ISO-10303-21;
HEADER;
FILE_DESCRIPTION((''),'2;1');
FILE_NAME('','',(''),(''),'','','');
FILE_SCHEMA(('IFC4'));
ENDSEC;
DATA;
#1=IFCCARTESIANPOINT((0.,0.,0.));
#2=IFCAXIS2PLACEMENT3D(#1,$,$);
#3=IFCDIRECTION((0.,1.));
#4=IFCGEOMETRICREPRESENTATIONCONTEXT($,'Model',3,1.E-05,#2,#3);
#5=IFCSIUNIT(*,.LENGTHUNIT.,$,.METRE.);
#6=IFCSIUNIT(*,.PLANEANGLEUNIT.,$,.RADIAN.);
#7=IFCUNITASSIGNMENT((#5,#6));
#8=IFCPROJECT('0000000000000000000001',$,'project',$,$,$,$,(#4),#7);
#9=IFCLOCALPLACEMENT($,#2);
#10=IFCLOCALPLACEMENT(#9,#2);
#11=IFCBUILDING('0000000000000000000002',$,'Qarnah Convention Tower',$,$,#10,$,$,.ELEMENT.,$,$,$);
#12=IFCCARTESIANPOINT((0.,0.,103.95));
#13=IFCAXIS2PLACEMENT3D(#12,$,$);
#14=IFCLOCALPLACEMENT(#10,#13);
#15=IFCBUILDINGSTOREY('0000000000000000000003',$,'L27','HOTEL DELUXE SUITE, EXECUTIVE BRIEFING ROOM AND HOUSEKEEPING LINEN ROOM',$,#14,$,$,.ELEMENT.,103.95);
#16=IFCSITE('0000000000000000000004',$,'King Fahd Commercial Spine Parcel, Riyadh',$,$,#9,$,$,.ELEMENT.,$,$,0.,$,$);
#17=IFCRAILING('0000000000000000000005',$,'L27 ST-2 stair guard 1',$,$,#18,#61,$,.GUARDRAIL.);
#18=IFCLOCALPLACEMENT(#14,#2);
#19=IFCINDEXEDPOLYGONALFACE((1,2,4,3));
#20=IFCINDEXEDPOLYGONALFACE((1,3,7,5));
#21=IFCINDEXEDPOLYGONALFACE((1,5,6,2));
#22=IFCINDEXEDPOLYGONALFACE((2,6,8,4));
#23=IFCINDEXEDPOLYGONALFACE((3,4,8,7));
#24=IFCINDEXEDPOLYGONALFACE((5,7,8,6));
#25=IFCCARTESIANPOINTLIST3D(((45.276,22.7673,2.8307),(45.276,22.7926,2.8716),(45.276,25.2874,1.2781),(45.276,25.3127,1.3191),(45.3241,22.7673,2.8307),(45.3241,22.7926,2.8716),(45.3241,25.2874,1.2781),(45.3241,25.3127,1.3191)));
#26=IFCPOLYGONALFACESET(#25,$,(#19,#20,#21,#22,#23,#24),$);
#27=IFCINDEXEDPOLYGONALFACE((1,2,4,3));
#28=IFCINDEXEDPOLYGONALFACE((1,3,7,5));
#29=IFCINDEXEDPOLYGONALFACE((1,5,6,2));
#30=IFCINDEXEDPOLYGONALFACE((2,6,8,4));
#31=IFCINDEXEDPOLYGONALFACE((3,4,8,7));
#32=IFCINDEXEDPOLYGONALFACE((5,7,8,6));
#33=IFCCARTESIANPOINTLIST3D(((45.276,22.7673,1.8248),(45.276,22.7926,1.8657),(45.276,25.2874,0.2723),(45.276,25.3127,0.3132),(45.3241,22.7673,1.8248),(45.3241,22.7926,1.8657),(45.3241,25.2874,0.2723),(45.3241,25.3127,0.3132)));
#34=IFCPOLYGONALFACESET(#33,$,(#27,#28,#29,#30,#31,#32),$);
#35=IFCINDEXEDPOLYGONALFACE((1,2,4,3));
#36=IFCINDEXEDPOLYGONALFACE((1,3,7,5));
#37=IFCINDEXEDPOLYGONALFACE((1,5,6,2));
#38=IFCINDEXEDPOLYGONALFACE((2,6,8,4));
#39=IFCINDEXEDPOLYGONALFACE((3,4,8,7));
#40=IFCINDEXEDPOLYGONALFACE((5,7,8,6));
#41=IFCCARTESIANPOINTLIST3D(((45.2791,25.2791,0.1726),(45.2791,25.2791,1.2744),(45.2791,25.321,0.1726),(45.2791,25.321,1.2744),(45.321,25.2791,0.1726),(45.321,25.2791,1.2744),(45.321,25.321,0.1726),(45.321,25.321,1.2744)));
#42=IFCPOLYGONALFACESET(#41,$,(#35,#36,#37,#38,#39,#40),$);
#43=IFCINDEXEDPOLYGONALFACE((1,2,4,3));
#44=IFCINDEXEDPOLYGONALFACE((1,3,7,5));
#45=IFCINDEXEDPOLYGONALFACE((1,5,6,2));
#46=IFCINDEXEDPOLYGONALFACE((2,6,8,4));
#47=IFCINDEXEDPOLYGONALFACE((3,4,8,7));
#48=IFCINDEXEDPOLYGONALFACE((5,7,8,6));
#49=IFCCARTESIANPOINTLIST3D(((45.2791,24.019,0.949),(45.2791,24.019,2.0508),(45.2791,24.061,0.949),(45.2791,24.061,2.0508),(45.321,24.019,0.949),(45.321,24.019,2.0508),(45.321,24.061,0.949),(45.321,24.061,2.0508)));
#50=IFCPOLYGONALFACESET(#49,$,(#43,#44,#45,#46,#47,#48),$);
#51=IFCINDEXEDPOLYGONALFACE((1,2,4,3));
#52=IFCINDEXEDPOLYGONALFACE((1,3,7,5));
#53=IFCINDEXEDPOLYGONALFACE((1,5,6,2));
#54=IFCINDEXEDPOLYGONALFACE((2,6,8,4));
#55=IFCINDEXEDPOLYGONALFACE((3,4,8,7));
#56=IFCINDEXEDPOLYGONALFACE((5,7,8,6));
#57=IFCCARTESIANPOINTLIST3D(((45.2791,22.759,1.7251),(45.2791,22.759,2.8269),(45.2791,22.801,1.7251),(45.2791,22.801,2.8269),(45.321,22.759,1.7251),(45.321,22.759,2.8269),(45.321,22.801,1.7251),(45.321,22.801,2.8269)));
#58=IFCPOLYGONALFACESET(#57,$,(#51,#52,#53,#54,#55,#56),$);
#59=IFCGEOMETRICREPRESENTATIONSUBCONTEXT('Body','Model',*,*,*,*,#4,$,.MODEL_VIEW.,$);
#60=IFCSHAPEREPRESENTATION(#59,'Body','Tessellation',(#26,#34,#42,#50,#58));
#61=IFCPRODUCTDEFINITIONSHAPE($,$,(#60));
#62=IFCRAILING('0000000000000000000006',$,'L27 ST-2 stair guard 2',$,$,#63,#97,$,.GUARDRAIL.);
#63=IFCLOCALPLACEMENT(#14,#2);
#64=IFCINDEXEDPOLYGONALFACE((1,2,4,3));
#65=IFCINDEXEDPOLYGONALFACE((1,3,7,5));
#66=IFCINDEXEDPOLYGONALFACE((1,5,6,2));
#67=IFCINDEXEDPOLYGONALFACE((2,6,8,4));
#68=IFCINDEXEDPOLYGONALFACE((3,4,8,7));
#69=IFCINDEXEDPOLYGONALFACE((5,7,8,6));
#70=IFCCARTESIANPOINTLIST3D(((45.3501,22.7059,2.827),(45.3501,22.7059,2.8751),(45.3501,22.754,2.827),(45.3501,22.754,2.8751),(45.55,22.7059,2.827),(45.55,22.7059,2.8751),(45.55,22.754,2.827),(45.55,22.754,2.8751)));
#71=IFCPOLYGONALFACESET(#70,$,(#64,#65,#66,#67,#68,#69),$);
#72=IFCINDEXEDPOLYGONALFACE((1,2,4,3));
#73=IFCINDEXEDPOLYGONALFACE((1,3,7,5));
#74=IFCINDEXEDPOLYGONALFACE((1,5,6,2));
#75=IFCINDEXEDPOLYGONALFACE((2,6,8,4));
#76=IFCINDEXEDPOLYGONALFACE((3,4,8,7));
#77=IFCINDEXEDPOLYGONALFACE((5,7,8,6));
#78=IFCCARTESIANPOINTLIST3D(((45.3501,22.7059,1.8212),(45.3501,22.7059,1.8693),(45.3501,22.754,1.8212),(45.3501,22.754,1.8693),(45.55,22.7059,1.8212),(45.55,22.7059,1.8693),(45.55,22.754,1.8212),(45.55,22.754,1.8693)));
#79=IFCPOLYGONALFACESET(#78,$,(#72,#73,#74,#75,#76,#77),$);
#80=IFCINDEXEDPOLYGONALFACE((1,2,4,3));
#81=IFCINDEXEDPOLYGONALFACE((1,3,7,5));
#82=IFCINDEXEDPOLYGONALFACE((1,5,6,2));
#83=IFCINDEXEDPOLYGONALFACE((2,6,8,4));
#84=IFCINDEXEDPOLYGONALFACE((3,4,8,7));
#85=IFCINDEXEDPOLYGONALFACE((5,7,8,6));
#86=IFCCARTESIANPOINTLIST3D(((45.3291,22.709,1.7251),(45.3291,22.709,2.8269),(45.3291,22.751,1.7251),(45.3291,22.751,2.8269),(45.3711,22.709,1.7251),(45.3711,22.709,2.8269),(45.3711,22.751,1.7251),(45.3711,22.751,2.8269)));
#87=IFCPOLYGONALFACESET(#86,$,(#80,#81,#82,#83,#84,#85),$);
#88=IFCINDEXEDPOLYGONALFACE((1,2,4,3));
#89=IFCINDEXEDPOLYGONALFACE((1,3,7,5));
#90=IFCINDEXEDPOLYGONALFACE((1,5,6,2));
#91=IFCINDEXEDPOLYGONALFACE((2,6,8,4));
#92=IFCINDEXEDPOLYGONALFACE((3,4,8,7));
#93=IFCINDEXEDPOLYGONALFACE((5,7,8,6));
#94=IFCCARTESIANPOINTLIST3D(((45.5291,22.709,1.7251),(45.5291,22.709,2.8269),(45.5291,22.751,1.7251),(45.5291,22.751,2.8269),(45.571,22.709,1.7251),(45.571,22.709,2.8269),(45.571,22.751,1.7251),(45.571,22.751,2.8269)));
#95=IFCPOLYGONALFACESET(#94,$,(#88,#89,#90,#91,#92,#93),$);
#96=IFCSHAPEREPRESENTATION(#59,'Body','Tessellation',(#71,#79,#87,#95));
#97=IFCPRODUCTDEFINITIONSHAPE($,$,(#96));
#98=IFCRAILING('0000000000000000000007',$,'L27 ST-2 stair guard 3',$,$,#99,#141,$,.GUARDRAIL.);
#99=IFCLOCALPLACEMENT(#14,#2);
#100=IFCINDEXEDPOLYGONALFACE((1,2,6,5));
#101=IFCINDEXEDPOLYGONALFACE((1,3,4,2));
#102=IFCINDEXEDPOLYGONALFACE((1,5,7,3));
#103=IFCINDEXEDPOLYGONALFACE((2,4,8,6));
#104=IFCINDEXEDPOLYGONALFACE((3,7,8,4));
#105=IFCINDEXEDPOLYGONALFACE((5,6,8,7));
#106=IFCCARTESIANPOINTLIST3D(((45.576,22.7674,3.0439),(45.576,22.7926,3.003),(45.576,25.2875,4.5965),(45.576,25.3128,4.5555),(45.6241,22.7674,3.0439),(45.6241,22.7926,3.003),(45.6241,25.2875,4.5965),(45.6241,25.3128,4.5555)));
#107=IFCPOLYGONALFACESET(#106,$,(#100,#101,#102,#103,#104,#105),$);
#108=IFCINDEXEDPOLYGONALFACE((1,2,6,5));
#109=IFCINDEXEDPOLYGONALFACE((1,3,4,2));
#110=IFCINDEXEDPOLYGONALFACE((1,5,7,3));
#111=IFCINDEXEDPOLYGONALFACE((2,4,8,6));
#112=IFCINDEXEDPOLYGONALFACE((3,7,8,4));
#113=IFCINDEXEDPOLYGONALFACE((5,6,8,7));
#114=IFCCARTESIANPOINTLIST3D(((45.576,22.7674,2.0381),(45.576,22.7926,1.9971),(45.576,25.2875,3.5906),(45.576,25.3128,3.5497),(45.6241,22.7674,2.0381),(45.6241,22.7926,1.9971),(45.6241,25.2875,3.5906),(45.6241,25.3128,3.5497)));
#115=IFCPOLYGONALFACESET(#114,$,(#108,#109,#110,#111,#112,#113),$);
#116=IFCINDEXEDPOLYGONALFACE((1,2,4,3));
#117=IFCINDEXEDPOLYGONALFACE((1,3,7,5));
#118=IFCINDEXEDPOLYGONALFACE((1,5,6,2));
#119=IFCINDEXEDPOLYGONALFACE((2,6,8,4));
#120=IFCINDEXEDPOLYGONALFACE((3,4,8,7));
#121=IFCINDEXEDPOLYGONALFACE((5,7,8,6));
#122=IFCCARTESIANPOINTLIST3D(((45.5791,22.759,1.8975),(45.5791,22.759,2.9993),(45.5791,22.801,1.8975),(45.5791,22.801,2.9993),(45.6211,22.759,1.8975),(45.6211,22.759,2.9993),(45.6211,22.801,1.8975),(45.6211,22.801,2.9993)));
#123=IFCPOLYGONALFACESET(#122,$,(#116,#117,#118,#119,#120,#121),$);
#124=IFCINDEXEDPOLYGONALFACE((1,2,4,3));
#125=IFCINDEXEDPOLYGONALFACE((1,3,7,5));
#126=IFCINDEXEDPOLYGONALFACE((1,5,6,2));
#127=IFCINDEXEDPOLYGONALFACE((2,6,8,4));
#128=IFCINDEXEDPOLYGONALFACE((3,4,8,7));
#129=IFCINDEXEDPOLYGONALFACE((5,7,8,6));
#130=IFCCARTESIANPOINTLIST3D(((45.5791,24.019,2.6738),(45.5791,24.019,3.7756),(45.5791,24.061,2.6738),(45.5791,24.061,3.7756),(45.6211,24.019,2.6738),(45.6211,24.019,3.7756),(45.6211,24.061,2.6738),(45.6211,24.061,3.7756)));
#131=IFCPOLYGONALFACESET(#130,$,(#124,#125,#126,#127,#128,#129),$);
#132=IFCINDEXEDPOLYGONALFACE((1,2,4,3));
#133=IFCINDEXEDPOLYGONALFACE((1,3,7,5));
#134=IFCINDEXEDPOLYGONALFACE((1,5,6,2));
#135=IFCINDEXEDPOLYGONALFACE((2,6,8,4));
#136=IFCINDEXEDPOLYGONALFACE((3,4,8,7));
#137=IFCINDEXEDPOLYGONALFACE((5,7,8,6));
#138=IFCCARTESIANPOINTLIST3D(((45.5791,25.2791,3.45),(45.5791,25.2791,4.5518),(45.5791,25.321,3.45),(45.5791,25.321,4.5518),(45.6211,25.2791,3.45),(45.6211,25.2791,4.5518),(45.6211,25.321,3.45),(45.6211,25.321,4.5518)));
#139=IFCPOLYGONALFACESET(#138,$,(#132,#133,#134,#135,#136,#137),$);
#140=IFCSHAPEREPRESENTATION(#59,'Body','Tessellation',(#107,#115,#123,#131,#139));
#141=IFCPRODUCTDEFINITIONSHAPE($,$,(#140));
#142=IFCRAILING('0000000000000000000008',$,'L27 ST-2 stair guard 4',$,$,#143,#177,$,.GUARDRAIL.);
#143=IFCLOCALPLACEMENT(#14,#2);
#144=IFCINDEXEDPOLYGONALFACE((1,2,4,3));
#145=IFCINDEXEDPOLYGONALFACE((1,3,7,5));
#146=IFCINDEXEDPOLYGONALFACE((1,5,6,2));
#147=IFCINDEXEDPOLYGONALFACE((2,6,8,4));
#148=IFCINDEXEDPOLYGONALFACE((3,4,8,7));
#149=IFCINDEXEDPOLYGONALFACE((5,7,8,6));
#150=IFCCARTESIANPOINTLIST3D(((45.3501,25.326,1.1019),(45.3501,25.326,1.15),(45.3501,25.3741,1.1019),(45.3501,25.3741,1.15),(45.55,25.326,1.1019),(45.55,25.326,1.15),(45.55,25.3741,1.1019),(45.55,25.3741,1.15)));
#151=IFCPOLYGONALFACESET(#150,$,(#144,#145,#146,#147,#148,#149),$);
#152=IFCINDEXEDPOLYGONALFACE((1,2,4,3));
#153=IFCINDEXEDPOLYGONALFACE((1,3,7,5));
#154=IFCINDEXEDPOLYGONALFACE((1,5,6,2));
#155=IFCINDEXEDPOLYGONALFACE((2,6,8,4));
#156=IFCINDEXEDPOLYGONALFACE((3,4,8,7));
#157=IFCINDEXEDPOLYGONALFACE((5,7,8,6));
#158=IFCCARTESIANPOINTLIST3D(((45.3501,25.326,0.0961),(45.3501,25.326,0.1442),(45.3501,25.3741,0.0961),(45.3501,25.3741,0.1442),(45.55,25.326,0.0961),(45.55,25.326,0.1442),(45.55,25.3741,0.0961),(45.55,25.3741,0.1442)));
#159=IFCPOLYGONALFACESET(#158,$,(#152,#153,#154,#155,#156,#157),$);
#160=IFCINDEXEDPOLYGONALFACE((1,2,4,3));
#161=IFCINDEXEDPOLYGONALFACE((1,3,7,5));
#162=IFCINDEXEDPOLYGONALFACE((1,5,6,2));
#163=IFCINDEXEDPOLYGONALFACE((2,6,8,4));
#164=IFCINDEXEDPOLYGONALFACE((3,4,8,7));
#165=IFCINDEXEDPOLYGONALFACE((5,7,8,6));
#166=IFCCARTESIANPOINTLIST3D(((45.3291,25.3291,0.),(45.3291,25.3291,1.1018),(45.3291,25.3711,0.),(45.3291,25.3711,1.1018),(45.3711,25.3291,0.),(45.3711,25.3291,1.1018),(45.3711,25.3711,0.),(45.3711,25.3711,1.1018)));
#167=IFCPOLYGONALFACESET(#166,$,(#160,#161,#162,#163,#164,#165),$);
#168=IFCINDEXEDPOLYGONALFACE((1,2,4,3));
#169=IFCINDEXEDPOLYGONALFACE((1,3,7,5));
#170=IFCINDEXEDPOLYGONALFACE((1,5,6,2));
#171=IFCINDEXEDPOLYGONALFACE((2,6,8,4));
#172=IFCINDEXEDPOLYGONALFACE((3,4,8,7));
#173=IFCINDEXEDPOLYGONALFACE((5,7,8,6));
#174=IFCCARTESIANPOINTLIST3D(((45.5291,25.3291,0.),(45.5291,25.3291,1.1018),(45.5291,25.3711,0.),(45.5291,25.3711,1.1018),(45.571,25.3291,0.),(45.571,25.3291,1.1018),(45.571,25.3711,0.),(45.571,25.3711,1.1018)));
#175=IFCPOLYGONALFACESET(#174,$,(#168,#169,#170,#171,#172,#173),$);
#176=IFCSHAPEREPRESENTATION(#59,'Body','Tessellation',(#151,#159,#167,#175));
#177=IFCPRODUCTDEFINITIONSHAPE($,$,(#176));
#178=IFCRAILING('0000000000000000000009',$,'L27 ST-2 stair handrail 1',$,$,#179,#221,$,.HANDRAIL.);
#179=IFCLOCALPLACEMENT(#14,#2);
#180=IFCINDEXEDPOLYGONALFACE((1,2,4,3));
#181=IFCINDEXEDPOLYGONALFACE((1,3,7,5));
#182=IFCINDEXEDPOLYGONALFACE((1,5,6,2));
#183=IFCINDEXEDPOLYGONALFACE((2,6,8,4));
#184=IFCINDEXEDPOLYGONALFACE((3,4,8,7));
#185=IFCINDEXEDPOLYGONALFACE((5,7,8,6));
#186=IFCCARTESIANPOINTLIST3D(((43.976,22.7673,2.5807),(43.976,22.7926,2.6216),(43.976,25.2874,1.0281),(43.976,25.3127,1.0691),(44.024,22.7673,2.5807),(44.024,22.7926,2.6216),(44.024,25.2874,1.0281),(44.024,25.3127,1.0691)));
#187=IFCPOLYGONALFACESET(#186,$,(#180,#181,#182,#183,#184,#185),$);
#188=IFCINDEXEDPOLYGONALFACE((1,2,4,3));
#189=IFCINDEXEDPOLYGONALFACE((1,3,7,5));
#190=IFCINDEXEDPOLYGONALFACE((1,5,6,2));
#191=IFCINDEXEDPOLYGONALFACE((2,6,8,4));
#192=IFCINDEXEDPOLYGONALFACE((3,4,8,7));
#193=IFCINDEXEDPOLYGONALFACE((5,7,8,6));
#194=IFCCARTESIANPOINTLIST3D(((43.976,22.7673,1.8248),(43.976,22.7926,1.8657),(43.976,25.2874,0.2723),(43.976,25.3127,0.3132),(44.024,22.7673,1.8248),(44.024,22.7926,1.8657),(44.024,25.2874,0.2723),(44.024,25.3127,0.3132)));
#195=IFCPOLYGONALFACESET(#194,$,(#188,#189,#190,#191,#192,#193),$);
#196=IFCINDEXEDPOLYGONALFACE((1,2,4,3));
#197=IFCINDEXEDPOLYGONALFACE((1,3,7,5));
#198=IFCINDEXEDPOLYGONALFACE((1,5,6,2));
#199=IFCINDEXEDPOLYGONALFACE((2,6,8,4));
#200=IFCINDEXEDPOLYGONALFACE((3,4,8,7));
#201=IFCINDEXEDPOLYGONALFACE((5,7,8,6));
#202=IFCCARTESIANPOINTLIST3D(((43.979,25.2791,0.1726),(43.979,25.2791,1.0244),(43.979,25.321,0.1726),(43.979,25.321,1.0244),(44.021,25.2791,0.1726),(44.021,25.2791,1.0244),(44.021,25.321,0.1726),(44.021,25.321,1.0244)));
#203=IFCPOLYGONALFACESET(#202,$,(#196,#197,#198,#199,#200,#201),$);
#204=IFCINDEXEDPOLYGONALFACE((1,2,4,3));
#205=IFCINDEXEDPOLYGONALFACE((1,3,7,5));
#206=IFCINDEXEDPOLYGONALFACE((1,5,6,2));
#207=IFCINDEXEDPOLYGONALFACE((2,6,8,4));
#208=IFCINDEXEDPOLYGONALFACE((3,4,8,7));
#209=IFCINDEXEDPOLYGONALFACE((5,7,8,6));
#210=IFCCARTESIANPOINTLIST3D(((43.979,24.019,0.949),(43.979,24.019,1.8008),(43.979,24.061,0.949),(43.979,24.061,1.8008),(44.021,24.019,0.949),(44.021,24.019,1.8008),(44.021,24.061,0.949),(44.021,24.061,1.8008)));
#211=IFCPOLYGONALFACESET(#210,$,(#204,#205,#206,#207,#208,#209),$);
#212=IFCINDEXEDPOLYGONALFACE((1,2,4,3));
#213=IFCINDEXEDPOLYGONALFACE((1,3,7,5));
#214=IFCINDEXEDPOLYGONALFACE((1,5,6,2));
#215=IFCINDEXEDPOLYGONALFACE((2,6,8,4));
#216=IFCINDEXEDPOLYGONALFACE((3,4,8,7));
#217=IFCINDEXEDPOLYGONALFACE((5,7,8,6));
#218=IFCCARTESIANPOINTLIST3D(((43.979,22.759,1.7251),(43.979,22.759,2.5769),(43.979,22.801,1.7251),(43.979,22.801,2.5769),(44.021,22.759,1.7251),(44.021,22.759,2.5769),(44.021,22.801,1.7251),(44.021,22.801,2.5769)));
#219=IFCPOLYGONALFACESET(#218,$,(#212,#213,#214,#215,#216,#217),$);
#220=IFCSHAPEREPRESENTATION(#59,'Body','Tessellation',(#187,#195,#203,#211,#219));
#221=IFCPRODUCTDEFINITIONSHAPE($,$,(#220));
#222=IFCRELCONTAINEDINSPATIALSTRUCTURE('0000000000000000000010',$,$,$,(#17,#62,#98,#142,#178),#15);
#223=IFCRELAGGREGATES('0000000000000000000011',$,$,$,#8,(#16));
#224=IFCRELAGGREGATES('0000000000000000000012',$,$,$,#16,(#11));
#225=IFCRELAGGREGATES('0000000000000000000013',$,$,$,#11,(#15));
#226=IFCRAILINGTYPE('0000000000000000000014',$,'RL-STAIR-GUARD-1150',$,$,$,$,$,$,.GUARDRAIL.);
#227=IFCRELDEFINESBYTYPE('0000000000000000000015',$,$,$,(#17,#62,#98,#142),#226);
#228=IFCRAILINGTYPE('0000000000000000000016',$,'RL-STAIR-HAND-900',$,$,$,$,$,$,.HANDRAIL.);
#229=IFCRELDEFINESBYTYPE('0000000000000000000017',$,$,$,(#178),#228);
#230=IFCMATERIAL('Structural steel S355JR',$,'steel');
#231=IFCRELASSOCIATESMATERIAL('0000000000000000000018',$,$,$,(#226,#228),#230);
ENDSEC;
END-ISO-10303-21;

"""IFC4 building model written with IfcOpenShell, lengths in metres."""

from ifc_helpers import new_model, si_unit, direction, frame, origin, origin_2d, place, context, subcontext, project, spatial, rectangle, extrude, material, type_object, element, save


model = new_model("IFC4")

# Units and contexts
model_context = context("Model", 3, precision=1e-05, world=origin(), true_north=direction((0.0, 1.0)))
body_context = subcontext(model_context, "Body", "Model", "MODEL_VIEW")
ifc_project = project(units=[si_unit("LENGTHUNIT", "METRE"), si_unit("PLANEANGLEUNIT", "RADIAN")], contexts=[model_context])

# Site, building, storey
site_placement = place(None, origin())
site = spatial("IfcSite", under=ifc_project, at=site_placement, Name="King Fahd Commercial Spine Parcel, Riyadh", CompositionType="ELEMENT", RefElevation=0.0)
building_placement = place(site_placement, origin())
building = spatial("IfcBuilding", under=site, at=building_placement, Name="Qarnah Convention Tower", CompositionType="ELEMENT")
storey_placement = place(building_placement, frame((0.0, 0.0, 103.95)))
storey = spatial("IfcBuildingStorey", under=building, at=storey_placement, Name="L27", Description="HOTEL DELUXE SUITE, EXECUTIVE BRIEFING ROOM AND HOUSEKEEPING LINEN ROOM", CompositionType="ELEMENT", Elevation=103.95)

# Shared definitions
ifc_material_1 = material(Name="Structural steel S355JR", Category="steel")

# Railings
railing_type_1 = type_object("IfcRailingType", Name="RL-STAIR-GUARD-1150", PredefinedType="GUARDRAIL", material=ifc_material_1)
railing_1_placement = place(storey_placement, frame((45.3, 25.3, 0.1726)))
element("IfcRailing", 1, at=railing_1_placement, inside=storey, type_object=railing_type_1, Name="L27 ST-2 stair guard 1", PredefinedType="GUARDRAIL", context=body_context, shape_type="SweptSolid", body=[
    extrude(rectangle(XDim=0.0481, YDim=0.0481, at=origin_2d()), frame((0.0, 0.0, 1.126), z_axis=(0.0, -0.8514, 0.524516), x_axis=(1.0, 0.0, 0.0)), (0.0, 0.0, 1.0), 2.96),
    extrude(rectangle(XDim=0.0481, YDim=0.0481, at=origin_2d()), frame((0.0, 0.0, 0.1201), z_axis=(0.0, -0.8514, 0.524516), x_axis=(1.0, 0.0, 0.0)), (0.0, 0.0, 1.0), 2.96),
    extrude(rectangle(XDim=0.042, YDim=0.042, at=origin_2d()), origin(), (0.0, 0.0, 1.0), 1.1018),
    extrude(rectangle(XDim=0.042, YDim=0.042, at=origin_2d()), frame((0.0, -1.26, 0.7764)), (0.0, 0.0, 1.0), 1.1018),
    extrude(rectangle(XDim=0.042, YDim=0.042, at=origin_2d()), frame((0.0, -2.52, 1.5525)), (0.0, 0.0, 1.0), 1.1018),
])
railing_2_placement = place(storey_placement, frame((45.3501, 22.73, 1.7251)))
element("IfcRailing", 2, at=railing_2_placement, inside=storey, type_object=railing_type_1, Name="L27 ST-2 stair guard 2", PredefinedType="GUARDRAIL", context=body_context, shape_type="SweptSolid", body=[
    extrude(rectangle(XDim=0.0481, YDim=0.0481, at=origin_2d()), frame((0.0, 0.0, 1.126), z_axis=(1.0, 0.0, 0.0), x_axis=(0.0, 1.0, 0.0)), (0.0, 0.0, 1.0), 0.2),
    extrude(rectangle(XDim=0.0481, YDim=0.0481, at=origin_2d()), frame((0.0, 0.0, 0.1201), z_axis=(1.0, 0.0, 0.0), x_axis=(0.0, 1.0, 0.0)), (0.0, 0.0, 1.0), 0.2),
    extrude(rectangle(XDim=0.042, YDim=0.042, at=origin_2d()), origin(), (0.0, 0.0, 1.0), 1.1018),
    extrude(rectangle(XDim=0.042, YDim=0.042, at=origin_2d()), frame((0.2, 0.0, 0.0)), (0.0, 0.0, 1.0), 1.1018),
])
railing_3_placement = place(storey_placement, frame((45.6001, 22.78, 1.8975)))
element("IfcRailing", 3, at=railing_3_placement, inside=storey, type_object=railing_type_1, Name="L27 ST-2 stair guard 3", PredefinedType="GUARDRAIL", context=body_context, shape_type="SweptSolid", body=[
    extrude(rectangle(XDim=0.0481, YDim=0.0481, at=origin_2d()), frame((0.0, 0.0, 1.126), z_axis=(0.0, 0.8514, 0.524516), x_axis=(-1.0, 0.0, 0.0)), (0.0, 0.0, 1.0), 2.96),
    extrude(rectangle(XDim=0.0481, YDim=0.0481, at=origin_2d()), frame((0.0, 0.0, 0.1201), z_axis=(0.0, 0.8514, 0.524516), x_axis=(-1.0, 0.0, 0.0)), (0.0, 0.0, 1.0), 2.96),
    extrude(rectangle(XDim=0.042, YDim=0.042, at=origin_2d()), origin(), (0.0, 0.0, 1.0), 1.1018),
    extrude(rectangle(XDim=0.042, YDim=0.042, at=origin_2d()), frame((0.0, 1.26, 0.7764)), (0.0, 0.0, 1.0), 1.1018),
    extrude(rectangle(XDim=0.042, YDim=0.042, at=origin_2d()), frame((0.0, 2.52, 1.5525)), (0.0, 0.0, 1.0), 1.1018),
])
railing_4_placement = place(storey_placement, frame((45.3501, 25.3501, 0.0)))
element("IfcRailing", 4, at=railing_4_placement, inside=storey, type_object=railing_type_1, Name="L27 ST-2 stair guard 4", PredefinedType="GUARDRAIL", context=body_context, shape_type="SweptSolid", body=[
    extrude(rectangle(XDim=0.0481, YDim=0.0481, at=origin_2d()), frame((0.0, 0.0, 1.126), z_axis=(1.0, 0.0, 0.0), x_axis=(0.0, 1.0, 0.0)), (0.0, 0.0, 1.0), 0.2),
    extrude(rectangle(XDim=0.0481, YDim=0.0481, at=origin_2d()), frame((0.0, 0.0, 0.1201), z_axis=(1.0, 0.0, 0.0), x_axis=(0.0, 1.0, 0.0)), (0.0, 0.0, 1.0), 0.2),
    extrude(rectangle(XDim=0.042, YDim=0.042, at=origin_2d()), origin(), (0.0, 0.0, 1.0), 1.1018),
    extrude(rectangle(XDim=0.042, YDim=0.042, at=origin_2d()), frame((0.2, 0.0, 0.0)), (0.0, 0.0, 1.0), 1.1018),
])
railing_type_2 = type_object("IfcRailingType", Name="RL-STAIR-HAND-900", PredefinedType="HANDRAIL", material=ifc_material_1)
railing_5_placement = place(storey_placement, frame((44.0, 25.3, 0.1726)))
element("IfcRailing", 5, at=railing_5_placement, inside=storey, type_object=railing_type_2, Name="L27 ST-2 stair handrail 1", PredefinedType="HANDRAIL", context=body_context, shape_type="SweptSolid", body=[
    extrude(rectangle(XDim=0.0481, YDim=0.0481, at=origin_2d()), frame((0.0, 0.0, 0.876), z_axis=(0.0, -0.8514, 0.524516), x_axis=(1.0, 0.0, 0.0)), (0.0, 0.0, 1.0), 2.96),
    extrude(rectangle(XDim=0.0481, YDim=0.0481, at=origin_2d()), frame((0.0, 0.0, 0.1201), z_axis=(0.0, -0.8514, 0.524516), x_axis=(1.0, 0.0, 0.0)), (0.0, 0.0, 1.0), 2.96),
    extrude(rectangle(XDim=0.042, YDim=0.042, at=origin_2d()), origin(), (0.0, 0.0, 1.0), 0.8518),
    extrude(rectangle(XDim=0.042, YDim=0.042, at=origin_2d()), frame((0.0, -1.26, 0.7764)), (0.0, 0.0, 1.0), 0.8518),
    extrude(rectangle(XDim=0.042, YDim=0.042, at=origin_2d()), frame((0.0, -2.52, 1.5525)), (0.0, 0.0, 1.0), 0.8518),
])

save(model, "model.ifc")
